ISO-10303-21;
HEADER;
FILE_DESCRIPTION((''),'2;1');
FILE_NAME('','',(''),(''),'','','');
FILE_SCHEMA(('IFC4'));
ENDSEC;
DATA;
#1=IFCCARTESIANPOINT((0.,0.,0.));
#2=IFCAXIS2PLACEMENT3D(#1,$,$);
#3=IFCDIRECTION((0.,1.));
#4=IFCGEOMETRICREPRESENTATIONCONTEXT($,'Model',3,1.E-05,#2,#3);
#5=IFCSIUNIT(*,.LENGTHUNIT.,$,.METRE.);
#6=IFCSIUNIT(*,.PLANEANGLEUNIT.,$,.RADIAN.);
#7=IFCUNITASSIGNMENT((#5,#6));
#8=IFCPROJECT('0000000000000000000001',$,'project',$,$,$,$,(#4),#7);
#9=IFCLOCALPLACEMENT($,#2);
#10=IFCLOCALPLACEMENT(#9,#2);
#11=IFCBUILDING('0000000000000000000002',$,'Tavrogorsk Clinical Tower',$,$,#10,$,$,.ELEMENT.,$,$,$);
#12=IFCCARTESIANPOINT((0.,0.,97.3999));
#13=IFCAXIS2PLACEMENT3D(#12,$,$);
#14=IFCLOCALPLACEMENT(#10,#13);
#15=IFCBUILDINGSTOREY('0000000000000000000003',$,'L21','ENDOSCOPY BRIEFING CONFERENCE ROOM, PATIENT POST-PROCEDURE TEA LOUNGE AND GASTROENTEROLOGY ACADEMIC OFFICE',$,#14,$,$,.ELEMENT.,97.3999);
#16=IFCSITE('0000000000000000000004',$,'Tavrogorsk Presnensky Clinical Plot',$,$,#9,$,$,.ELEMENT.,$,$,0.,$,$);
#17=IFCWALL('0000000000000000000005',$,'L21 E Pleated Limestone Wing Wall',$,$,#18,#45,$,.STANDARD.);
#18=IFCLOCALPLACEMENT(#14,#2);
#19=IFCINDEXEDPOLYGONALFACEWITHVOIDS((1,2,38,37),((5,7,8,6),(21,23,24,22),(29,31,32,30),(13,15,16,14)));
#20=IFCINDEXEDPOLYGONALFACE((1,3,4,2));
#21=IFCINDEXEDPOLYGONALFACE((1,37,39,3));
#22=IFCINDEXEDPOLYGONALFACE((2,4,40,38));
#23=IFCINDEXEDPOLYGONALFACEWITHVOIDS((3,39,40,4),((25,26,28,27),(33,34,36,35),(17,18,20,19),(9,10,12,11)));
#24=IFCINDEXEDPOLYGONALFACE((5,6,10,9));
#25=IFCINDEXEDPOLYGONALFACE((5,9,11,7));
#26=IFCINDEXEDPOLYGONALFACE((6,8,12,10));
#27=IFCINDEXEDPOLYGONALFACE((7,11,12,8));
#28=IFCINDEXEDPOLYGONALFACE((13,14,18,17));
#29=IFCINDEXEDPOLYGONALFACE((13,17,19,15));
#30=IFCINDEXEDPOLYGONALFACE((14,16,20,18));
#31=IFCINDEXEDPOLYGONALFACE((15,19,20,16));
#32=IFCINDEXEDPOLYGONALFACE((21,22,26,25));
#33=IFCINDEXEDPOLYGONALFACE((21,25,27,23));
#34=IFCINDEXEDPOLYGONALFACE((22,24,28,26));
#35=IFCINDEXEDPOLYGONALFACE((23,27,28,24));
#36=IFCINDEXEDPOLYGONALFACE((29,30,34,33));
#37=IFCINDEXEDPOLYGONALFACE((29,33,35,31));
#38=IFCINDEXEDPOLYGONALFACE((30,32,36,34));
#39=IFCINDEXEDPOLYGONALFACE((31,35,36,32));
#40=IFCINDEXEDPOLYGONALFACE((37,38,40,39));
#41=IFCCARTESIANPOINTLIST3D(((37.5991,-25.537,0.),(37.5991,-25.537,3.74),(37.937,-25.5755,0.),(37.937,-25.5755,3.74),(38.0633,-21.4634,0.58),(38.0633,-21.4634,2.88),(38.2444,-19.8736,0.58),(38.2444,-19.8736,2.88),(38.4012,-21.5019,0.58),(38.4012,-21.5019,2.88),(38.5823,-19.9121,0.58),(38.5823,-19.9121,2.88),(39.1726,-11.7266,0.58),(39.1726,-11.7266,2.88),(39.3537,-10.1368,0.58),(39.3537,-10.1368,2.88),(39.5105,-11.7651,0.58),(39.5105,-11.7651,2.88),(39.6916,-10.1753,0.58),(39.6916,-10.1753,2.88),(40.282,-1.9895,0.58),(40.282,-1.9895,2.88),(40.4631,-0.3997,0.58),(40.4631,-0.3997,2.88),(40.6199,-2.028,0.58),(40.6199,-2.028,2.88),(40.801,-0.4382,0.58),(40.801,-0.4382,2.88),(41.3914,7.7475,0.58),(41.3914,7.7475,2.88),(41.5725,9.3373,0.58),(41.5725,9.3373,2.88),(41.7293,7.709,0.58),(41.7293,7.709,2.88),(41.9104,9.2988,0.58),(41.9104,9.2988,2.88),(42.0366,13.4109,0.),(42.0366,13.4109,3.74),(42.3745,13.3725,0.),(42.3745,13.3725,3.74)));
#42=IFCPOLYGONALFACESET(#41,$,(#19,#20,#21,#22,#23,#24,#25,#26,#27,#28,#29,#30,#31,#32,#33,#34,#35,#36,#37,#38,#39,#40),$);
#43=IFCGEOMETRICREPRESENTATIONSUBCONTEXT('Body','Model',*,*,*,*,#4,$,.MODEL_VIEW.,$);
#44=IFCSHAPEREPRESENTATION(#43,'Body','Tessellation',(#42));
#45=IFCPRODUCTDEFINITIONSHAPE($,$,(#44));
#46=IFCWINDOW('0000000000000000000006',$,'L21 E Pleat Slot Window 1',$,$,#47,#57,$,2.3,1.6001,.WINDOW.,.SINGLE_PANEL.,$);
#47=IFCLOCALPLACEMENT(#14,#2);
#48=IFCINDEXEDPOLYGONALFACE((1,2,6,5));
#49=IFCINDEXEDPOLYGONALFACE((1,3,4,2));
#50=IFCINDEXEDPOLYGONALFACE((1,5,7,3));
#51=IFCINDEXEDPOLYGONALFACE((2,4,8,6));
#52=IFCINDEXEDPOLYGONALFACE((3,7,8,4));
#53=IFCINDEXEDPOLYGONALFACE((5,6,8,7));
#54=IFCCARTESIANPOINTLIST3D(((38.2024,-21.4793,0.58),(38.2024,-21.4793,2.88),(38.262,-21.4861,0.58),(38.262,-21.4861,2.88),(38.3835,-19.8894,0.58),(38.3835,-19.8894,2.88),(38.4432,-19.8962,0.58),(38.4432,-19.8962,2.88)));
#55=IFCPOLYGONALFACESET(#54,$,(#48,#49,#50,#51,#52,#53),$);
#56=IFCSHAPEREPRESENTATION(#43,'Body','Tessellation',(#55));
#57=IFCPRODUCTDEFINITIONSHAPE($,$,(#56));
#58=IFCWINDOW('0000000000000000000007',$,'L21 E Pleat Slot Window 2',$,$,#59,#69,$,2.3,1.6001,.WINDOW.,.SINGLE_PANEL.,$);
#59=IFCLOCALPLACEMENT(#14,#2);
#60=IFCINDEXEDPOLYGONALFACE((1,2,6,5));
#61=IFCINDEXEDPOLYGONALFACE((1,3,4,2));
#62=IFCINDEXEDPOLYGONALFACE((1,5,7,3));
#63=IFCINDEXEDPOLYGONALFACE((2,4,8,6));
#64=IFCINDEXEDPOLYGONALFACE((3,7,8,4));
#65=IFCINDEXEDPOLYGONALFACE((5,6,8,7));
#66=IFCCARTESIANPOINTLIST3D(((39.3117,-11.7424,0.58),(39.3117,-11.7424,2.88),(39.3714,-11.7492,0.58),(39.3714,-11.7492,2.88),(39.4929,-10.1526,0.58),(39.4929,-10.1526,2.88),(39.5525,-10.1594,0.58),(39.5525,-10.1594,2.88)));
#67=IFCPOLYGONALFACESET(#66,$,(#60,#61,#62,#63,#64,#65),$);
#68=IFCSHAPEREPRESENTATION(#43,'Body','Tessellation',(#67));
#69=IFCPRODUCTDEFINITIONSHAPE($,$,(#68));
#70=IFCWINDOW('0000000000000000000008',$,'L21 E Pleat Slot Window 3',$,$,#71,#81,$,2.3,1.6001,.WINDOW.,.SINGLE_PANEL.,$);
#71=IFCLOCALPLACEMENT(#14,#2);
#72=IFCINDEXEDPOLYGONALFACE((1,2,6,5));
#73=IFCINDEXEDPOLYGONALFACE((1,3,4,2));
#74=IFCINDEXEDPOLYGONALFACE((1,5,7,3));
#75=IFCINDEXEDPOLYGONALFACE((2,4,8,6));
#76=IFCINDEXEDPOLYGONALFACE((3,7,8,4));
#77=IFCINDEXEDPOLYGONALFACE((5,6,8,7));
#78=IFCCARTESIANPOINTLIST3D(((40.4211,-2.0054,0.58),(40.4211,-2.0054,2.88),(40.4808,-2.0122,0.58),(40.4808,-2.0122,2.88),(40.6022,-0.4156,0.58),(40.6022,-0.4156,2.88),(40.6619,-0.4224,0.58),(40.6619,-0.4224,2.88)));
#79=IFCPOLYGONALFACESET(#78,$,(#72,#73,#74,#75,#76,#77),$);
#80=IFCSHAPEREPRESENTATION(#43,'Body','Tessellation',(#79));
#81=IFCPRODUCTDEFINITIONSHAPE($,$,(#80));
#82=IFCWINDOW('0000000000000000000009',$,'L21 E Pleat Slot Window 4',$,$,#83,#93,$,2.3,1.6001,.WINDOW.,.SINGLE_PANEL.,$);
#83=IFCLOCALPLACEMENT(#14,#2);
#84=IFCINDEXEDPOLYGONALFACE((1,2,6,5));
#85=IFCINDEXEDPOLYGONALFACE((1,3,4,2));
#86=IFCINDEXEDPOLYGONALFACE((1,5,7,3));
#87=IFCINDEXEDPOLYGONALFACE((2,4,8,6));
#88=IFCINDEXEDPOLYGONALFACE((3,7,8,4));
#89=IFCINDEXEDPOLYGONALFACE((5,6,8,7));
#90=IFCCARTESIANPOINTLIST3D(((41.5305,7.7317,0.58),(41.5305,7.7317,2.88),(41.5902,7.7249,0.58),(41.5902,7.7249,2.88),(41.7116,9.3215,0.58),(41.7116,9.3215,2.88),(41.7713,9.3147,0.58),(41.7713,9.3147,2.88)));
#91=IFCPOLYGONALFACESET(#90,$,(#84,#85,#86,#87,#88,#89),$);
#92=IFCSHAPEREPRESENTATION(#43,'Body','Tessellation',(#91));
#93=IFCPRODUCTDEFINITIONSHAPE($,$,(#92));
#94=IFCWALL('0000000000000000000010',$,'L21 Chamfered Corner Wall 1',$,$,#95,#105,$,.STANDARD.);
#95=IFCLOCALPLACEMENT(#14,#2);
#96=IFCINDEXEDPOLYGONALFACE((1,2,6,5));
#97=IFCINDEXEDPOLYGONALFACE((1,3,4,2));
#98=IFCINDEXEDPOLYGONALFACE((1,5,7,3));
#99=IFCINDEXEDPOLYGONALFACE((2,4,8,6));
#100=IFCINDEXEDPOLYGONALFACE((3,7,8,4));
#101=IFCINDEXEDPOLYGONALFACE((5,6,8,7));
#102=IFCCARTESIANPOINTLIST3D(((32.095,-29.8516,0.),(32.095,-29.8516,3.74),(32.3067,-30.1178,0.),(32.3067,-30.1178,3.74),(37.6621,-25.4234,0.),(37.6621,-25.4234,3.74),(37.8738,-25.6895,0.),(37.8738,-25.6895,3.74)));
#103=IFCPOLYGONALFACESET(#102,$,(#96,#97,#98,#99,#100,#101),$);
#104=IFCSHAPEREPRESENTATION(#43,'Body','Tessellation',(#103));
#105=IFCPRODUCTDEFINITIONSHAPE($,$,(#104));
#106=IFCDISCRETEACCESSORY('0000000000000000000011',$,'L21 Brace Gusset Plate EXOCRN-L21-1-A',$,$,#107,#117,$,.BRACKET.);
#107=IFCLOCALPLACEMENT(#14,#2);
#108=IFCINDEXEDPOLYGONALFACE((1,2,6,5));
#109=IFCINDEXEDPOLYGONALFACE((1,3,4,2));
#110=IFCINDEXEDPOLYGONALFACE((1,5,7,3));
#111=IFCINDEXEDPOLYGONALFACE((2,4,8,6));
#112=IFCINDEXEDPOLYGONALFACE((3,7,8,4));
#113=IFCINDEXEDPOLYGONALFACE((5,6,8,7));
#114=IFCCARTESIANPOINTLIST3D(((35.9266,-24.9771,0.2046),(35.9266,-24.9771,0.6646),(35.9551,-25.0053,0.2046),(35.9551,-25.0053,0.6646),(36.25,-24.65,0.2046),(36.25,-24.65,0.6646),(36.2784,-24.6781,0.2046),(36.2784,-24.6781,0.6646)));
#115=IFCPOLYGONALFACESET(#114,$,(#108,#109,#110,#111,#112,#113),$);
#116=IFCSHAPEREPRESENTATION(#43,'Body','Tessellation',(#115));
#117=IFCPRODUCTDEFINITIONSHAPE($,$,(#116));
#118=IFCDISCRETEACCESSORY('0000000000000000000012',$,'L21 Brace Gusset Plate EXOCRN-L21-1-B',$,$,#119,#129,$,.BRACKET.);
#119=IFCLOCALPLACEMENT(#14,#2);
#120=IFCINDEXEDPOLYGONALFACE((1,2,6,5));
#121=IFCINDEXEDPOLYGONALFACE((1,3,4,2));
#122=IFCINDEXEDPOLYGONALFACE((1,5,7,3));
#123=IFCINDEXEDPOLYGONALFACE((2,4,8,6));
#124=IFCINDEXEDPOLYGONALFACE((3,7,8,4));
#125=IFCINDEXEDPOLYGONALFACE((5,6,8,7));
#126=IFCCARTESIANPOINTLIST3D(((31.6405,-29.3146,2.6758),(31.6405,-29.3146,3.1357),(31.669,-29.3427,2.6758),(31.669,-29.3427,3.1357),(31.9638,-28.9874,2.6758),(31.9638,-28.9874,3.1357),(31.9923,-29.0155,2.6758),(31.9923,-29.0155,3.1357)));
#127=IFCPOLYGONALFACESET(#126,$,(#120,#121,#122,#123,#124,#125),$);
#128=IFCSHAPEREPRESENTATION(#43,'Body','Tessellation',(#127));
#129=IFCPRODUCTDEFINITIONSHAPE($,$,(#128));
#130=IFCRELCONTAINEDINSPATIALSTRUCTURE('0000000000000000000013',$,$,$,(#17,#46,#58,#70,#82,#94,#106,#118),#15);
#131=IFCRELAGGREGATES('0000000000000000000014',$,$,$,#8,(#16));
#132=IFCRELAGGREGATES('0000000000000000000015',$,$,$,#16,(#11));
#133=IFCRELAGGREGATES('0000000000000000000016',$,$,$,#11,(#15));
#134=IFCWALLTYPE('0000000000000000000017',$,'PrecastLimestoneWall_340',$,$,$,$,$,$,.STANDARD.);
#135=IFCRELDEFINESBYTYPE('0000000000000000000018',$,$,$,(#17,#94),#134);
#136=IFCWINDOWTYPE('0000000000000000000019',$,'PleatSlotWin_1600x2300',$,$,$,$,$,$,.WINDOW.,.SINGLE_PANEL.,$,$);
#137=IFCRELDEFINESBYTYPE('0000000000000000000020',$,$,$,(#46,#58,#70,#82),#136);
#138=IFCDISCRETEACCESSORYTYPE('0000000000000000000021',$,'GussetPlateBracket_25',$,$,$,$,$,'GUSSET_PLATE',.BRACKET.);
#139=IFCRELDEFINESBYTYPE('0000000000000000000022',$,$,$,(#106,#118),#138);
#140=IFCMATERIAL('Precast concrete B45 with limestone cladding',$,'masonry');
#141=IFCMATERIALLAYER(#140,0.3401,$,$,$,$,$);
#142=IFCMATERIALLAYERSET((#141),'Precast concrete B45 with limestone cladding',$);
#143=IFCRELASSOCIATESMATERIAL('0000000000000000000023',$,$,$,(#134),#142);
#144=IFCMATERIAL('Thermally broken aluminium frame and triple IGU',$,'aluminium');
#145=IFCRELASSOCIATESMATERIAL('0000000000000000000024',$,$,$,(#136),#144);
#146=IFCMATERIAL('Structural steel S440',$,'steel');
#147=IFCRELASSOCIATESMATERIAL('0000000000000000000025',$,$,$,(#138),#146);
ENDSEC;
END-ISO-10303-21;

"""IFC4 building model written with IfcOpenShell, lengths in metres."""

from ifc_helpers import new_model, si_unit, direction, frame, frame_2d, origin, origin_2d, place, context, subcontext, project, spatial, rectangle, extrude, material, layer, layer_set, type_object, element, fill, save


model = new_model("IFC4")

# Units and contexts
model_context = context("Model", 3, precision=1e-05, world=origin(), true_north=direction((0.0, 1.0)))
body_context = subcontext(model_context, "Body", "Model", "MODEL_VIEW")
ifc_project = project(units=[si_unit("LENGTHUNIT", "METRE"), si_unit("PLANEANGLEUNIT", "RADIAN")], contexts=[model_context])

# Site, building, storey
site_placement = place(None, origin())
site = spatial("IfcSite", under=ifc_project, at=site_placement, Name="Tavrogorsk Presnensky Clinical Plot", CompositionType="ELEMENT", RefElevation=0.0)
building_placement = place(site_placement, origin())
building = spatial("IfcBuilding", under=site, at=building_placement, Name="Tavrogorsk Clinical Tower", CompositionType="ELEMENT")
storey_placement = place(building_placement, frame((0.0, 0.0, 97.3999)))
storey = spatial("IfcBuildingStorey", under=building, at=storey_placement, Name="L21", Description="ENDOSCOPY BRIEFING CONFERENCE ROOM, PATIENT POST-PROCEDURE TEA LOUNGE AND GASTROENTEROLOGY ACADEMIC OFFICE", CompositionType="ELEMENT", Elevation=97.3999)

# Wall, openings, windows
ifc_material_1 = material(Name="Precast concrete B45 with limestone cladding", Category="masonry")
ifc_layer_1 = layer(ifc_material_1, 0.3401)
ifc_layer_set_1 = layer_set([ifc_layer_1], Name="Precast concrete B45 with limestone cladding")
wall_type_1 = type_object("IfcWallType", Name="PrecastLimestoneWall_340", PredefinedType="STANDARD", material=ifc_layer_set_1)
wall_1_placement = place(storey_placement, frame((37.7681, -25.5564, 0.0), z_axis=(0.0, 0.0, 1.0), x_axis=(0.113202, 0.993572, 0.0)))
wall_1 = element("IfcWall", 1, at=wall_1_placement, inside=storey, type_object=wall_type_1, Name="L21 E Pleated Limestone Wing Wall", PredefinedType="STANDARD", context=body_context, shape_type="SweptSolid", body=[
    extrude(rectangle(XDim=39.2, YDim=0.3401, at=frame_2d((19.6001, 0.0))), origin(), (0.0, 0.0, 1.0), 3.74),
])
opening_1_placement = place(wall_1_placement, frame((4.1001, 0.0, 0.5801)))
opening_1 = element("IfcOpeningElement", 2, at=opening_1_placement, cuts=wall_1, PredefinedType="OPENING", context=body_context, shape_type="SweptSolid", body=[
    extrude(rectangle(XDim=1.6001, YDim=2.3, at=frame_2d((0.8, 1.1499))), frame((0.0, 0.1799, 0.0), z_axis=(0.0, -1.0, 0.0), x_axis=(1.0, 0.0, 0.0)), (0.0, 0.0, 1.0), 0.3601),
])
opening_2_placement = place(wall_1_placement, frame((13.8999, 0.0, 0.5801)))
opening_2 = element("IfcOpeningElement", 3, at=opening_2_placement, cuts=wall_1, PredefinedType="OPENING", context=body_context, shape_type="SweptSolid", body=[
    extrude(rectangle(XDim=1.6001, YDim=2.3, at=frame_2d((0.8, 1.1499))), frame((0.0, 0.1799, 0.0), z_axis=(0.0, -1.0, 0.0), x_axis=(1.0, 0.0, 0.0)), (0.0, 0.0, 1.0), 0.3601),
])
opening_3_placement = place(wall_1_placement, frame((23.7, 0.0, 0.5801)))
opening_3 = element("IfcOpeningElement", 4, at=opening_3_placement, cuts=wall_1, PredefinedType="OPENING", context=body_context, shape_type="SweptSolid", body=[
    extrude(rectangle(XDim=1.6001, YDim=2.3, at=frame_2d((0.8, 1.1499))), frame((0.0, 0.1799, 0.0), z_axis=(0.0, -1.0, 0.0), x_axis=(1.0, 0.0, 0.0)), (0.0, 0.0, 1.0), 0.3601),
])
opening_4_placement = place(wall_1_placement, frame((33.5, 0.0, 0.5801)))
opening_4 = element("IfcOpeningElement", 5, at=opening_4_placement, cuts=wall_1, PredefinedType="OPENING", context=body_context, shape_type="SweptSolid", body=[
    extrude(rectangle(XDim=1.6001, YDim=2.3, at=frame_2d((0.8, 1.1499))), frame((0.0, 0.1799, 0.0), z_axis=(0.0, -1.0, 0.0), x_axis=(1.0, 0.0, 0.0)), (0.0, 0.0, 1.0), 0.3601),
])
ifc_material_2 = material(Name="Thermally broken aluminium frame and triple IGU", Category="aluminium")
window_type = type_object("IfcWindowType", Name="PleatSlotWin_1600x2300", PartitioningType="SINGLE_PANEL", PredefinedType="WINDOW", material=ifc_material_2)
window_1_placement = place(opening_1_placement, origin())
window_1 = element("IfcWindow", 6, at=window_1_placement, inside=storey, type_object=window_type, Name="L21 E Pleat Slot Window 1", OverallHeight=2.3, OverallWidth=1.6001, PartitioningType="SINGLE_PANEL", PredefinedType="WINDOW", context=body_context, shape_type="SweptSolid", body=[
    extrude(rectangle(XDim=1.6001, YDim=2.3, at=frame_2d((0.8, 1.1499))), frame((0.0, 0.03, 0.0), z_axis=(0.0, -1.0, 0.0), x_axis=(1.0, 0.0, 0.0)), (0.0, 0.0, 1.0), 0.0601),
])
fill(opening_1, window_1)
window_2_placement = place(opening_2_placement, origin())
window_2 = element("IfcWindow", 7, at=window_2_placement, inside=storey, type_object=window_type, Name="L21 E Pleat Slot Window 2", OverallHeight=2.3, OverallWidth=1.6001, PartitioningType="SINGLE_PANEL", PredefinedType="WINDOW", context=body_context, shape_type="SweptSolid", body=[
    extrude(rectangle(XDim=1.6001, YDim=2.3, at=frame_2d((0.8, 1.1499))), frame((0.0, 0.03, 0.0), z_axis=(0.0, -1.0, 0.0), x_axis=(1.0, 0.0, 0.0)), (0.0, 0.0, 1.0), 0.0601),
])
fill(opening_2, window_2)
window_3_placement = place(opening_3_placement, origin())
window_3 = element("IfcWindow", 8, at=window_3_placement, inside=storey, type_object=window_type, Name="L21 E Pleat Slot Window 3", OverallHeight=2.3, OverallWidth=1.6001, PartitioningType="SINGLE_PANEL", PredefinedType="WINDOW", context=body_context, shape_type="SweptSolid", body=[
    extrude(rectangle(XDim=1.6001, YDim=2.3, at=frame_2d((0.8, 1.1499))), frame((0.0, 0.03, 0.0), z_axis=(0.0, -1.0, 0.0), x_axis=(1.0, 0.0, 0.0)), (0.0, 0.0, 1.0), 0.0601),
])
fill(opening_3, window_3)
window_4_placement = place(opening_4_placement, origin())
window_4 = element("IfcWindow", 9, at=window_4_placement, inside=storey, type_object=window_type, Name="L21 E Pleat Slot Window 4", OverallHeight=2.3, OverallWidth=1.6001, PartitioningType="SINGLE_PANEL", PredefinedType="WINDOW", context=body_context, shape_type="SweptSolid", body=[
    extrude(rectangle(XDim=1.6001, YDim=2.3, at=frame_2d((0.8, 1.1499))), frame((0.0, 0.03, 0.0), z_axis=(0.0, -1.0, 0.0), x_axis=(1.0, 0.0, 0.0)), (0.0, 0.0, 1.0), 0.0601),
])
fill(opening_4, window_4)

# Wall
wall_2_placement = place(storey_placement, frame((32.2009, -29.9846, 0.0), z_axis=(0.0, 0.0, 1.0), x_axis=(0.782614, 0.622508, 0.0)))
element("IfcWall", 10, at=wall_2_placement, inside=storey, type_object=wall_type_1, Name="L21 Chamfered Corner Wall 1", PredefinedType="STANDARD", context=body_context, shape_type="SweptSolid", body=[
    extrude(rectangle(XDim=7.1135, YDim=0.3401, at=frame_2d((3.5566, 0.0))), origin(), (0.0, 0.0, 1.0), 3.74),
])

# Discrete accessories
ifc_material_3 = material(Name="Structural steel S440", Category="steel")
discrete_accessory_type = type_object("IfcDiscreteAccessoryType", Name="GussetPlateBracket_25", ElementType="GUSSET_PLATE", PredefinedType="BRACKET", material=ifc_material_3)
for number, where, z_axis, x_axis, name in (
    (11, (36.1025, -24.8276, 0.2046), (0.0, 0.0, 1.0), (-0.702898, -0.71129, 0.0), "L21 Brace Gusset Plate EXOCRN-L21-1-A"),
    (12, (31.8164, -29.165, 2.6758), (0.0, 0.0, 1.0), (-0.702898, -0.71129, 0.0), "L21 Brace Gusset Plate EXOCRN-L21-1-B"),
):
    element("IfcDiscreteAccessory", number, at=place(storey_placement, frame(where, z_axis=z_axis, x_axis=x_axis)), inside=storey, type_object=discrete_accessory_type, Name=name, PredefinedType="BRACKET", context=body_context, shape_type="SweptSolid", body=[
        extrude(rectangle(XDim=0.46, YDim=0.04, at=origin_2d()), origin(), (0.0, 0.0, 1.0), 0.46),
    ])

save(model, "model.ifc")
